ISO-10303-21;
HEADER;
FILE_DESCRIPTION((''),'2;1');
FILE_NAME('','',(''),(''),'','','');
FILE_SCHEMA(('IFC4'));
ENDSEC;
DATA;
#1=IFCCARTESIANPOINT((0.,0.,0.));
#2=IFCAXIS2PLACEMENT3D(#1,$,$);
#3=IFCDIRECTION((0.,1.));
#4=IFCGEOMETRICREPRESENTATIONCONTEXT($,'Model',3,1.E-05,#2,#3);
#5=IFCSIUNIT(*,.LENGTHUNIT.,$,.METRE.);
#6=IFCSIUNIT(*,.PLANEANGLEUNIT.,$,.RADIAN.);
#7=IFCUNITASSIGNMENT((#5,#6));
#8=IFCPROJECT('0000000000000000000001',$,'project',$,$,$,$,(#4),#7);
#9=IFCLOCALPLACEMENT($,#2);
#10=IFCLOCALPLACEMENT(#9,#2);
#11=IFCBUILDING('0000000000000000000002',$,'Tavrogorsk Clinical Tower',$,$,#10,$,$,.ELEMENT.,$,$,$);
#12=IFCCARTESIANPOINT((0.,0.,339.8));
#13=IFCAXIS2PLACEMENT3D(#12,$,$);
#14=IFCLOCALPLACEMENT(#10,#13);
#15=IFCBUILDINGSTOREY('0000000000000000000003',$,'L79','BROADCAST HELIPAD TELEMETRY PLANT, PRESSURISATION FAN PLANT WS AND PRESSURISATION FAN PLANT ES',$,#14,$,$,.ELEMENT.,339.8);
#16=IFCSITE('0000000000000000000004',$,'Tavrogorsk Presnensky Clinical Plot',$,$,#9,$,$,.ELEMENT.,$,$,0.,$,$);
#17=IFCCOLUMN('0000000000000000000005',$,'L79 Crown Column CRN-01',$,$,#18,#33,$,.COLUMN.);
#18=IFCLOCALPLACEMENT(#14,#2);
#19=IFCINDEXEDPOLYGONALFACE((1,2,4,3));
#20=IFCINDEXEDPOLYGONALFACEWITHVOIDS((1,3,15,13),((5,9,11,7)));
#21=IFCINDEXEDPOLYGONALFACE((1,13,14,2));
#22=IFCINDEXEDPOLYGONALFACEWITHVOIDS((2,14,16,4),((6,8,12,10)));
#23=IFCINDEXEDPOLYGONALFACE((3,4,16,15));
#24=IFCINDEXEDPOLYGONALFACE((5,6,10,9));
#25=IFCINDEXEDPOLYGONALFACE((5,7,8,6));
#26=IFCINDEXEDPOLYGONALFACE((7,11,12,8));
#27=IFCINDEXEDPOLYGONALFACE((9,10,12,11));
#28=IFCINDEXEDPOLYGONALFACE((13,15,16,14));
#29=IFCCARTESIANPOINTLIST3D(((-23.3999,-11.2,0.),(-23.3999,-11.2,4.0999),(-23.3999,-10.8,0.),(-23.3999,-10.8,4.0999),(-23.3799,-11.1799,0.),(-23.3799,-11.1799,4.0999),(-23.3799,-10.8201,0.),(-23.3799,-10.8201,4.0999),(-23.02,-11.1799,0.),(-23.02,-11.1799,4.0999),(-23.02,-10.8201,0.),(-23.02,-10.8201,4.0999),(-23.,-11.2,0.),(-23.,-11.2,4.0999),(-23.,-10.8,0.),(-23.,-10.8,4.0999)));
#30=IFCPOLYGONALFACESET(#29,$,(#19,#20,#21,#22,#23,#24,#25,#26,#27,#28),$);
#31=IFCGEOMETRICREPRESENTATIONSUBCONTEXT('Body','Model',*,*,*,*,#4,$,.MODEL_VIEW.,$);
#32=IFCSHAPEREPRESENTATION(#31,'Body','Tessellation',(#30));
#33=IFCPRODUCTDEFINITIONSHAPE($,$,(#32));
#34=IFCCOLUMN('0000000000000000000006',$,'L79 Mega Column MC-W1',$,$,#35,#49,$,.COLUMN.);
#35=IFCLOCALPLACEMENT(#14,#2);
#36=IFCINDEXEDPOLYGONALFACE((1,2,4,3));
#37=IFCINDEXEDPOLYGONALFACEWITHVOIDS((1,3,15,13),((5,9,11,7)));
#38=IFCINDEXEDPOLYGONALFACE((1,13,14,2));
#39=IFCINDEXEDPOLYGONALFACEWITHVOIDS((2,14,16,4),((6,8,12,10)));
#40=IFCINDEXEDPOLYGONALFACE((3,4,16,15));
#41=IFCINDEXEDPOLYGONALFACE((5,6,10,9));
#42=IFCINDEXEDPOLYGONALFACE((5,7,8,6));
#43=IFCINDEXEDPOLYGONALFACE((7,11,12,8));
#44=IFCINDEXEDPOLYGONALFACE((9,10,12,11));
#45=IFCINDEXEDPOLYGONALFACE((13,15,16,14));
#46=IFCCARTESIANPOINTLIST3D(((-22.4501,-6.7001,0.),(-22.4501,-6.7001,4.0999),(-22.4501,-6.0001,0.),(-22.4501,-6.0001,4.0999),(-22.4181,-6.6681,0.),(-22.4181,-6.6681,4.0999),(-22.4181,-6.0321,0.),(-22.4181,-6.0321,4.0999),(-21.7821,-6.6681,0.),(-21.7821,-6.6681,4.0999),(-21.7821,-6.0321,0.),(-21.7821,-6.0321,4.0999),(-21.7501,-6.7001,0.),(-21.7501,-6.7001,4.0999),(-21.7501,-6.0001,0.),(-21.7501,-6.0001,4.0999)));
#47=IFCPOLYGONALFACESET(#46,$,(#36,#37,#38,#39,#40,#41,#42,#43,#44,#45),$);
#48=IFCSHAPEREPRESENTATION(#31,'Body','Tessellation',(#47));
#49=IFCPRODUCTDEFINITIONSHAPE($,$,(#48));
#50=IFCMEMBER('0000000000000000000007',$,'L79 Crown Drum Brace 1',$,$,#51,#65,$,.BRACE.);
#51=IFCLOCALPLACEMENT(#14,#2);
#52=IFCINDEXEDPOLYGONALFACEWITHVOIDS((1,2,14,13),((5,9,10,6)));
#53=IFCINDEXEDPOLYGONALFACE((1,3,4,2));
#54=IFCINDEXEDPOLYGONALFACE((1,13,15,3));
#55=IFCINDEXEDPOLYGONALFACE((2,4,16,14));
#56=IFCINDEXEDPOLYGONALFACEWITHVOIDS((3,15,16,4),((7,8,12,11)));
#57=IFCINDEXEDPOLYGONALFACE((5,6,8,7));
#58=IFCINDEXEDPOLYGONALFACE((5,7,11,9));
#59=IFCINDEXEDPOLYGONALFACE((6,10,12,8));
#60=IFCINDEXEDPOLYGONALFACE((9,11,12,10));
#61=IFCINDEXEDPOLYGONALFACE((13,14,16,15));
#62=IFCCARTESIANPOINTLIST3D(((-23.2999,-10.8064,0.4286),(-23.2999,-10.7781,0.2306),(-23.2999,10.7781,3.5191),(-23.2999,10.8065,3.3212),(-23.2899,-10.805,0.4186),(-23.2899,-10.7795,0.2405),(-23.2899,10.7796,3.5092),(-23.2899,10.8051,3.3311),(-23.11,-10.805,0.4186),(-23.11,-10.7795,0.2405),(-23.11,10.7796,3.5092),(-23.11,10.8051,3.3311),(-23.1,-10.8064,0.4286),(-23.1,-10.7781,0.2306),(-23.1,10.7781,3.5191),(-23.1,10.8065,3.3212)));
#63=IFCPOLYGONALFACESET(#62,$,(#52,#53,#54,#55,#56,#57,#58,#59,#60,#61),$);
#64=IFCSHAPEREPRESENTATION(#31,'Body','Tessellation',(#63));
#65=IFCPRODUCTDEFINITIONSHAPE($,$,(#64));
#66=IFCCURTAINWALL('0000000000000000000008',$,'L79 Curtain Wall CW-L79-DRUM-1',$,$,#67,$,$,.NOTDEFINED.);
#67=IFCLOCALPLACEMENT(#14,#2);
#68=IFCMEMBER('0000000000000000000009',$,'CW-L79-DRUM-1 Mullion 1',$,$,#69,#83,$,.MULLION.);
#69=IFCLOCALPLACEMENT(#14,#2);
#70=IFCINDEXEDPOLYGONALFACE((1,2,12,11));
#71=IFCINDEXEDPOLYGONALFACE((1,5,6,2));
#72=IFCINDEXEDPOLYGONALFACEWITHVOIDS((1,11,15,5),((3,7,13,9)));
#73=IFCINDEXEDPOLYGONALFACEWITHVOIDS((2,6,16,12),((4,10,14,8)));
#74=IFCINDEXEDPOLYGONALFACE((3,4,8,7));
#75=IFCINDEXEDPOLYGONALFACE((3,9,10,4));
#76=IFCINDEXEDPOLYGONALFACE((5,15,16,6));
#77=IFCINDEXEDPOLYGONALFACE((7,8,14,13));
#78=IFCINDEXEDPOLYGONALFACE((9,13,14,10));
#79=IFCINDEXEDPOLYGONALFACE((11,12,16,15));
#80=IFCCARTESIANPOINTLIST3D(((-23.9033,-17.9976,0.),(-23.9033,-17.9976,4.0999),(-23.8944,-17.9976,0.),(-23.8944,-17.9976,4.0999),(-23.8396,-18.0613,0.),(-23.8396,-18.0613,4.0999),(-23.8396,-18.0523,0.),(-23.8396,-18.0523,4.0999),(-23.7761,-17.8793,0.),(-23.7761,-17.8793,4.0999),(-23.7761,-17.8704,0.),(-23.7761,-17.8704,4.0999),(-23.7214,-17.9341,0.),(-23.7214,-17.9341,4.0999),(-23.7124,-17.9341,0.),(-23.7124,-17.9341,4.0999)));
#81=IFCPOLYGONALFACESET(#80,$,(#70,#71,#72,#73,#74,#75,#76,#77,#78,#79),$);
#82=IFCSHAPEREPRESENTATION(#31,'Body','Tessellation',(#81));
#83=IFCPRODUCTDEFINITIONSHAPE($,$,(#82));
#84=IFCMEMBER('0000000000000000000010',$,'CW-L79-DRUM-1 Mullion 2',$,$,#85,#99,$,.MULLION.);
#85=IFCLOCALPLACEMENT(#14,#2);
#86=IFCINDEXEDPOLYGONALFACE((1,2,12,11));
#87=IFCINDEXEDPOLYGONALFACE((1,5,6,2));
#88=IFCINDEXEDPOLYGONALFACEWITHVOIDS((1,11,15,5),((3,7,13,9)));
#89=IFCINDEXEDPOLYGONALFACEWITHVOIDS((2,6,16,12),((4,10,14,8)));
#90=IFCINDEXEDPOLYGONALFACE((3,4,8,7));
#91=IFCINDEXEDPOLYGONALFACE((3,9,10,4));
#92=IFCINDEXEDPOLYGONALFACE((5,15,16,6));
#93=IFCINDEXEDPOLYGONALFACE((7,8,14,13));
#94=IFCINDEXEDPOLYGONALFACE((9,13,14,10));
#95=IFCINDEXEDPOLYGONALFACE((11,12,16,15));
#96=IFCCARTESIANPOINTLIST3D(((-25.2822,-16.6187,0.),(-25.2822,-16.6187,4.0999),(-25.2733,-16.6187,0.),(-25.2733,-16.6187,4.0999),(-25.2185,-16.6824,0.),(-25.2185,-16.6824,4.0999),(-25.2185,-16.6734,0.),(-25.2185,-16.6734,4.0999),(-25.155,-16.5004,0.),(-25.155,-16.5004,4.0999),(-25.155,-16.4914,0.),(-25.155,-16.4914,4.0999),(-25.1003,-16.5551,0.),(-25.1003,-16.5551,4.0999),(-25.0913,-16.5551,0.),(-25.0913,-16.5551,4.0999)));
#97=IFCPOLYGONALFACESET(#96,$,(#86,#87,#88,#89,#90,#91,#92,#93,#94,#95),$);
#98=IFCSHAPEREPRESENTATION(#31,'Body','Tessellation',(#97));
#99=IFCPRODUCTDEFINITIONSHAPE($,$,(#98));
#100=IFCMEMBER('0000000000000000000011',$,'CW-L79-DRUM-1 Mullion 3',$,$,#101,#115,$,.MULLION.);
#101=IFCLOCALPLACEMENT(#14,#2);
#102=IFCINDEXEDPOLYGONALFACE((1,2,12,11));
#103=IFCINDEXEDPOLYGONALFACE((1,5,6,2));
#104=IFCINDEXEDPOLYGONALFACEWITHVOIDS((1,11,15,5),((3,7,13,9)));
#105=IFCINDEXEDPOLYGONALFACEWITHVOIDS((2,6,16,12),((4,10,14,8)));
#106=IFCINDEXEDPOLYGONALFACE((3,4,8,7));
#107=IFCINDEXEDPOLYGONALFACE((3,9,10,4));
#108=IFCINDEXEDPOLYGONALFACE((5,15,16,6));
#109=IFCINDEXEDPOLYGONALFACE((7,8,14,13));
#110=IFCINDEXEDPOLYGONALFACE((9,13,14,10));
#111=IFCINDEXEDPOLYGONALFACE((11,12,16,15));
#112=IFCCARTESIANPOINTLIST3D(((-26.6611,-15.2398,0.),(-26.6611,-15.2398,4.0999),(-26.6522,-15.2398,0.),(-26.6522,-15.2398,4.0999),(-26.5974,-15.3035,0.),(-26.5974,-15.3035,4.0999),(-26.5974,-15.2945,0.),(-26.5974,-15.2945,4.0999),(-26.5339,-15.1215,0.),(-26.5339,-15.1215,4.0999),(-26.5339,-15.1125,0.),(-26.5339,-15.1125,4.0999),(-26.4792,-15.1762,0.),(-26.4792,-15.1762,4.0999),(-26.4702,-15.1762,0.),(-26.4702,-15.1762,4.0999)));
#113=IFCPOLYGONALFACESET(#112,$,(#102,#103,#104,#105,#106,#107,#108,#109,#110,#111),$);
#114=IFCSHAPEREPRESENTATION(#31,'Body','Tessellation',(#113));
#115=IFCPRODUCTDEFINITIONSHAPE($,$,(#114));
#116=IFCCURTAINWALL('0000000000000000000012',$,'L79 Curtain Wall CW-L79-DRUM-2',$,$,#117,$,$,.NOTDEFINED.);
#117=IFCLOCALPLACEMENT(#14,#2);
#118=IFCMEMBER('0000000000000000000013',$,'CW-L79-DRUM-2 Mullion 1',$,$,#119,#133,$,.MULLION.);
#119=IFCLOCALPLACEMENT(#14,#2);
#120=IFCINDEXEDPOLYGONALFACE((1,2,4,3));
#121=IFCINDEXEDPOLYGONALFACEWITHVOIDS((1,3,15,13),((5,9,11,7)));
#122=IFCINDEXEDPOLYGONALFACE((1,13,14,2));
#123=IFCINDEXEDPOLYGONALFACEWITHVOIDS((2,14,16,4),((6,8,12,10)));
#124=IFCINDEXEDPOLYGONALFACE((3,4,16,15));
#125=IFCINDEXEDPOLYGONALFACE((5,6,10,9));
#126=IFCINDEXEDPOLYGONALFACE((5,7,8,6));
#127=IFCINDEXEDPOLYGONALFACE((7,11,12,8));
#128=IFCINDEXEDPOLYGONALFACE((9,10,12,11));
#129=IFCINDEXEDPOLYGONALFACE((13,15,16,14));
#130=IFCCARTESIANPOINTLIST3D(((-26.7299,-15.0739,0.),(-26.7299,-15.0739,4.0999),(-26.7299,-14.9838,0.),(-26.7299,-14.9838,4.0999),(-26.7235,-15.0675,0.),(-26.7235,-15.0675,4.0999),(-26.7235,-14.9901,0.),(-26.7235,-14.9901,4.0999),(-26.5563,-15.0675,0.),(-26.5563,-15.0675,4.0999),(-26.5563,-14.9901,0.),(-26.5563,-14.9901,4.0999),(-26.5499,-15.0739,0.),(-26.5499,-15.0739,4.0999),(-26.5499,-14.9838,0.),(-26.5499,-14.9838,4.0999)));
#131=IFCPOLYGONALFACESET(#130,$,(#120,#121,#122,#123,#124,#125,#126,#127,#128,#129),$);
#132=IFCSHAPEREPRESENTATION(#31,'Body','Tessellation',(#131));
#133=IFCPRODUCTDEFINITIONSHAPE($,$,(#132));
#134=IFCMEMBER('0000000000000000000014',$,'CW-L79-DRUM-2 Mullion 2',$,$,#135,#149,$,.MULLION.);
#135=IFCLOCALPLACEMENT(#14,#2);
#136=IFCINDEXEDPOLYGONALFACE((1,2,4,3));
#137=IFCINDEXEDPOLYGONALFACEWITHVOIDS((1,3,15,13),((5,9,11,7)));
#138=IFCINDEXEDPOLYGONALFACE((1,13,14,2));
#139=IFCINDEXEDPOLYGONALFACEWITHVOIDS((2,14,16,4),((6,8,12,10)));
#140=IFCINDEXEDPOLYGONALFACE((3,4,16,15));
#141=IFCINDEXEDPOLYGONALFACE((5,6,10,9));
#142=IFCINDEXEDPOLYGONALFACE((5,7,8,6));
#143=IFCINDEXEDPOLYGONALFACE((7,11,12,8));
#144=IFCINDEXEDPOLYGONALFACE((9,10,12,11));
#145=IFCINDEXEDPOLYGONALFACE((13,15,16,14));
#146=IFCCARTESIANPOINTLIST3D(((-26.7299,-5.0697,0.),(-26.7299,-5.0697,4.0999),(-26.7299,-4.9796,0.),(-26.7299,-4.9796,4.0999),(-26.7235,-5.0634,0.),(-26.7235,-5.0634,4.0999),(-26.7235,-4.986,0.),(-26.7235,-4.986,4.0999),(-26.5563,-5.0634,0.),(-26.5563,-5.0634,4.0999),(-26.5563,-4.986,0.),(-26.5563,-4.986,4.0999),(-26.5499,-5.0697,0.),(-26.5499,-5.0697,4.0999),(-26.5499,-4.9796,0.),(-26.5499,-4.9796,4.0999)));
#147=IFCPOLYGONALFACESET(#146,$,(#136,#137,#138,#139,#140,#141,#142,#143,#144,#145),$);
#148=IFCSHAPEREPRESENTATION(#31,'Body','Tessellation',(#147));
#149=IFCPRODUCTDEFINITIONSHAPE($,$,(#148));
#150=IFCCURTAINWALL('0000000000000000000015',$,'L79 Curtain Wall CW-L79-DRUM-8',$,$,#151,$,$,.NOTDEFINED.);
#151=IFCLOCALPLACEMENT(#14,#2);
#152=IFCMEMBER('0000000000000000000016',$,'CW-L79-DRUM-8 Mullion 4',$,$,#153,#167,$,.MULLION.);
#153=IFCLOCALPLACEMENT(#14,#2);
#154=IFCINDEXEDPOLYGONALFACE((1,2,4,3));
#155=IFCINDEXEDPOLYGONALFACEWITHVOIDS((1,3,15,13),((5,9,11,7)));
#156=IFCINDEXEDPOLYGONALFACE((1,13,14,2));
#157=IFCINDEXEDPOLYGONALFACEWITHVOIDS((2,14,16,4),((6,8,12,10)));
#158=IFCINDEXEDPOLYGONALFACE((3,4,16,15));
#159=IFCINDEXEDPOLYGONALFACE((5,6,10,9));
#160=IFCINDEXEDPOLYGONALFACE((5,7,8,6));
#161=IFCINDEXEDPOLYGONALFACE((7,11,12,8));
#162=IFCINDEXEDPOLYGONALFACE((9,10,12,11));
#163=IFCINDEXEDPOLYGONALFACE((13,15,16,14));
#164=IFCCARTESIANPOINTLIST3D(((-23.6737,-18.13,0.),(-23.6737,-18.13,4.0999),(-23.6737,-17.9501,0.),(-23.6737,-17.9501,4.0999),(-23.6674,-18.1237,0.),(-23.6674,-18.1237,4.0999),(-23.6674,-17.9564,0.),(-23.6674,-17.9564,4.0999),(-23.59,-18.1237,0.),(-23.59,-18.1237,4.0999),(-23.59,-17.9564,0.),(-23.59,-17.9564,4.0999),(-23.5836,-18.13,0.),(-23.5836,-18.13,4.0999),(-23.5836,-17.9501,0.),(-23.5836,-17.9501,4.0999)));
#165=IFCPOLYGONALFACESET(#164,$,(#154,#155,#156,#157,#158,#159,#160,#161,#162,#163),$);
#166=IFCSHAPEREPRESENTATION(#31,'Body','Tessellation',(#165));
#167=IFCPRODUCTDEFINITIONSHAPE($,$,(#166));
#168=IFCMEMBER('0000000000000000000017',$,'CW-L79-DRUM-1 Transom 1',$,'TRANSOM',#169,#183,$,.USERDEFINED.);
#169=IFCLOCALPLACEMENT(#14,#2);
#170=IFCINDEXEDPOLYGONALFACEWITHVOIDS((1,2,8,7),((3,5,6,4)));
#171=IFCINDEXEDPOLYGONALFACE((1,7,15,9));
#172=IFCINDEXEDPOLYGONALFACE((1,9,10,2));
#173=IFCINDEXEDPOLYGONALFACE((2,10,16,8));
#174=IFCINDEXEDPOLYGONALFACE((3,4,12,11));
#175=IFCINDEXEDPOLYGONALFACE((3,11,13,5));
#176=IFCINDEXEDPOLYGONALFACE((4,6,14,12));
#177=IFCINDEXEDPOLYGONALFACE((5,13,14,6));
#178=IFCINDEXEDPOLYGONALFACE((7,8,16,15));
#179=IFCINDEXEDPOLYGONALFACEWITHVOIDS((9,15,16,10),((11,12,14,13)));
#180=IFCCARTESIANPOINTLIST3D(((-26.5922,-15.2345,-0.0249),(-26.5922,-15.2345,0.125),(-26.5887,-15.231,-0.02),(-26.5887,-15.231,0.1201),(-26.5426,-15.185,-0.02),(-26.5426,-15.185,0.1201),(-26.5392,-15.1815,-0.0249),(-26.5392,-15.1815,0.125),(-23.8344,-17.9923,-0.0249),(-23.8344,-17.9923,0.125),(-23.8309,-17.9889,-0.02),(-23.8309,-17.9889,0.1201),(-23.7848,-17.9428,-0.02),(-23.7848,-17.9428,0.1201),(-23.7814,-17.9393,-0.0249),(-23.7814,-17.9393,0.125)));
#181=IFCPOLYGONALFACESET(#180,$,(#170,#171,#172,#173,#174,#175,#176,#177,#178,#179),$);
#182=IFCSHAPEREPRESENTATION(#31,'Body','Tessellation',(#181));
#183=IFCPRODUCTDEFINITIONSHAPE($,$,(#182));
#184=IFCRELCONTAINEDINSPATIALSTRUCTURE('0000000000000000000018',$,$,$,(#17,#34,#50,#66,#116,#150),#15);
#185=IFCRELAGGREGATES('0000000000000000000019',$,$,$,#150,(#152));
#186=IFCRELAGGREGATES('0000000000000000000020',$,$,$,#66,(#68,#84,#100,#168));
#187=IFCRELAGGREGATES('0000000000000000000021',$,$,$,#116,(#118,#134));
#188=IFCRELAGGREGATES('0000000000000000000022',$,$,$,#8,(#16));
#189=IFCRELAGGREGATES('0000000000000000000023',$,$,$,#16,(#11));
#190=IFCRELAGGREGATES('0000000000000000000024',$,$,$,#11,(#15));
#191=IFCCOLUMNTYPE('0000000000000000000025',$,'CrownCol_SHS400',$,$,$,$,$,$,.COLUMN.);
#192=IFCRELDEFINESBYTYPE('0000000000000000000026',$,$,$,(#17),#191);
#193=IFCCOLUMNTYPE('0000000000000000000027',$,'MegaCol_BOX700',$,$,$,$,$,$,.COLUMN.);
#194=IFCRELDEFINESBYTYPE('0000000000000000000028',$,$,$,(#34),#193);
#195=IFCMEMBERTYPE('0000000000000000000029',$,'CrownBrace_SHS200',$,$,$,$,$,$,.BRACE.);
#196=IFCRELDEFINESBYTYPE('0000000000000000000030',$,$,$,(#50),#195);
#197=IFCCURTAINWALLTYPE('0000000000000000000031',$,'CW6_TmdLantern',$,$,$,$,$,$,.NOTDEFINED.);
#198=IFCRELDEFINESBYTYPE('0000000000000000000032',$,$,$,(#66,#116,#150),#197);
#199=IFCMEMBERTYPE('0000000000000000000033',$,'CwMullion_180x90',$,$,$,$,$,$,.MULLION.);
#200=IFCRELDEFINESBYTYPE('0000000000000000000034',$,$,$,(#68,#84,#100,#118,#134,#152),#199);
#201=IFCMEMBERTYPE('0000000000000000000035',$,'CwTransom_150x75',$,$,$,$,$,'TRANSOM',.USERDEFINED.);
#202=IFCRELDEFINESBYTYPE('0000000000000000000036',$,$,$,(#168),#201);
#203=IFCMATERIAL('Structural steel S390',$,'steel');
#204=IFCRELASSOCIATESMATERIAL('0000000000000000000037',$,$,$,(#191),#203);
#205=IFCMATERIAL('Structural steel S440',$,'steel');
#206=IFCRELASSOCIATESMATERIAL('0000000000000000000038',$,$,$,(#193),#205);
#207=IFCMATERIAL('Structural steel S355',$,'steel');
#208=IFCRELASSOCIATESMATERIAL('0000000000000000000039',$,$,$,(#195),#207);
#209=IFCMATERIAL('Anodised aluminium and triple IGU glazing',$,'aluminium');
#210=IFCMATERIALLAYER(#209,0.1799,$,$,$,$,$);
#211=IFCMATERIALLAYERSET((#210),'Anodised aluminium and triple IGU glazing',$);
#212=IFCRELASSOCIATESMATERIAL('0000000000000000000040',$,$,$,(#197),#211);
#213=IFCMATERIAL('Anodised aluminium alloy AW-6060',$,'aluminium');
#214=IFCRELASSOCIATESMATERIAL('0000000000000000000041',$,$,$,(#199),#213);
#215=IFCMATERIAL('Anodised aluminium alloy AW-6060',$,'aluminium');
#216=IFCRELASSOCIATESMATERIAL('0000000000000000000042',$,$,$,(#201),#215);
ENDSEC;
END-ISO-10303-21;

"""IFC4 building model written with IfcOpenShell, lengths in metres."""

from ifc_helpers import new_model, si_unit, direction, frame, origin, origin_2d, place, context, subcontext, project, spatial, hollow_rectangle, extrude, material, layer, layer_set, material_profile, profile_set, type_object, element, aggregate, save


model = new_model("IFC4")

# Units and contexts
model_context = context("Model", 3, precision=1e-05, world=origin(), true_north=direction((0.0, 1.0)))
body_context = subcontext(model_context, "Body", "Model", "MODEL_VIEW")
ifc_project = project(units=[si_unit("LENGTHUNIT", "METRE"), si_unit("PLANEANGLEUNIT", "RADIAN")], contexts=[model_context])

# Site, building, storey
site_placement = place(None, origin())
site = spatial("IfcSite", under=ifc_project, at=site_placement, Name="Tavrogorsk Presnensky Clinical Plot", CompositionType="ELEMENT", RefElevation=0.0)
building_placement = place(site_placement, origin())
building = spatial("IfcBuilding", under=site, at=building_placement, Name="Tavrogorsk Clinical Tower", CompositionType="ELEMENT")
storey_placement = place(building_placement, frame((0.0, 0.0, 339.8)))
storey = spatial("IfcBuildingStorey", under=building, at=storey_placement, Name="L79", Description="BROADCAST HELIPAD TELEMETRY PLANT, PRESSURISATION FAN PLANT WS AND PRESSURISATION FAN PLANT ES", CompositionType="ELEMENT", Elevation=339.8)

# Columns
ifc_material_1 = material(Name="Structural steel S390", Category="steel")
ifc_material_profile_1 = material_profile(ifc_material_1, hollow_rectangle(XDim=0.3999, YDim=0.3999, WallThickness=0.02, at=origin_2d()), Name="SHS-400x400x20")
ifc_profile_set_1 = profile_set([ifc_material_profile_1], Name="Structural steel S390")
column_type_1 = type_object("IfcColumnType", Name="CrownCol_SHS400", PredefinedType="COLUMN", material=ifc_profile_set_1)
column_1_placement = place(storey_placement, frame((-23.2, -11.0, 0.0), z_axis=(0.0, 0.0, 1.0), x_axis=(1.0, 0.0, 0.0)))
element("IfcColumn", 1, at=column_1_placement, inside=storey, type_object=column_type_1, Name="L79 Crown Column CRN-01", PredefinedType="COLUMN", context=body_context, shape_type="SweptSolid", body=[
    extrude(hollow_rectangle(XDim=0.3999, YDim=0.3999, WallThickness=0.02, at=origin_2d()), origin(), (0.0, 0.0, 1.0), 4.0999),
])
ifc_material_2 = material(Name="Structural steel S440", Category="steel")
ifc_material_profile_2 = material_profile(ifc_material_2, hollow_rectangle(XDim=0.7, YDim=0.7, WallThickness=0.032, at=origin_2d()), Name="BOX-700x700x32")
ifc_profile_set_2 = profile_set([ifc_material_profile_2], Name="Structural steel S440")
column_type_2 = type_object("IfcColumnType", Name="MegaCol_BOX700", PredefinedType="COLUMN", material=ifc_profile_set_2)
column_2_placement = place(storey_placement, frame((-22.1001, -6.3501, 0.0), z_axis=(0.0, 0.0, 1.0), x_axis=(1.0, 0.0, 0.0)))
element("IfcColumn", 2, at=column_2_placement, inside=storey, type_object=column_type_2, Name="L79 Mega Column MC-W1", PredefinedType="COLUMN", context=body_context, shape_type="SweptSolid", body=[
    extrude(hollow_rectangle(XDim=0.7, YDim=0.7, WallThickness=0.032, at=origin_2d()), origin(), (0.0, 0.0, 1.0), 4.0999),
])

# Member
ifc_material_3 = material(Name="Structural steel S355", Category="steel")
ifc_material_profile_3 = material_profile(ifc_material_3, hollow_rectangle(XDim=0.2, YDim=0.2, WallThickness=0.01, at=origin_2d()), Name="SHS-200x200x10")
ifc_profile_set_3 = profile_set([ifc_material_profile_3], Name="Structural steel S355")
member_type_1 = type_object("IfcMemberType", Name="CrownBrace_SHS200", PredefinedType="BRACE", material=ifc_profile_set_3)
member_1_placement = place(storey_placement, frame((-23.2, -10.7922, 0.3296), z_axis=(0.0, 0.989904, 0.14174), x_axis=(-1.0, 0.0, 0.0)))
element("IfcMember", 3, at=member_1_placement, inside=storey, type_object=member_type_1, Name="L79 Crown Drum Brace 1", PredefinedType="BRACE", context=body_context, shape_type="SweptSolid", body=[
    extrude(hollow_rectangle(XDim=0.2, YDim=0.2, WallThickness=0.01, at=origin_2d()), origin(), (0.0, 0.0, 1.0), 21.8047),
])

# Curtain walls, members
ifc_material_4 = material(Name="Anodised aluminium and triple IGU glazing", Category="aluminium")
ifc_layer_1 = layer(ifc_material_4, 0.1799)
ifc_layer_set_1 = layer_set([ifc_layer_1], Name="Anodised aluminium and triple IGU glazing")
curtain_wall_type = type_object("IfcCurtainWallType", Name="CW6_TmdLantern", PredefinedType="NOTDEFINED", material=ifc_layer_set_1)
curtain_wall_1_placement = place(storey_placement, origin())
curtain_wall_1 = element("IfcCurtainWall", 4, at=curtain_wall_1_placement, inside=storey, type_object=curtain_wall_type, Name="L79 Curtain Wall CW-L79-DRUM-1", PredefinedType="NOTDEFINED")
ifc_material_5 = material(Name="Anodised aluminium alloy AW-6060", Category="aluminium")
ifc_material_profile_4 = material_profile(ifc_material_5, hollow_rectangle(XDim=0.0901, YDim=0.1799, WallThickness=0.0063, at=origin_2d()), Name="RHS-180x90x6.3")
ifc_profile_set_4 = profile_set([ifc_material_profile_4], Name="Anodised aluminium alloy AW-6060")
member_type_2 = type_object("IfcMemberType", Name="CwMullion_180x90", PredefinedType="MULLION", material=ifc_profile_set_4)
member_2_placement = place(storey_placement, frame((-23.8079, -17.9658, 0.0), z_axis=(0.0, 0.0, 1.0), x_axis=(-0.707107, 0.707107, 0.0)))
member_2 = element("IfcMember", 5, at=member_2_placement, type_object=member_type_2, Name="CW-L79-DRUM-1 Mullion 1", PredefinedType="MULLION", context=body_context, shape_type="SweptSolid", body=[
    extrude(hollow_rectangle(XDim=0.0901, YDim=0.1799, WallThickness=0.0063, at=origin_2d()), origin(), (0.0, 0.0, 1.0), 4.0999),
])
member_3_placement = place(storey_placement, frame((-25.1868, -16.5869, 0.0), z_axis=(0.0, 0.0, 1.0), x_axis=(-0.707107, 0.707107, 0.0)))
member_3 = element("IfcMember", 6, at=member_3_placement, type_object=member_type_2, Name="CW-L79-DRUM-1 Mullion 2", PredefinedType="MULLION", context=body_context, shape_type="SweptSolid", body=[
    extrude(hollow_rectangle(XDim=0.0901, YDim=0.1799, WallThickness=0.0063, at=origin_2d()), origin(), (0.0, 0.0, 1.0), 4.0999),
])
member_4_placement = place(storey_placement, frame((-26.5657, -15.208, 0.0), z_axis=(0.0, 0.0, 1.0), x_axis=(-0.707107, 0.707107, 0.0)))
member_4 = element("IfcMember", 7, at=member_4_placement, type_object=member_type_2, Name="CW-L79-DRUM-1 Mullion 3", PredefinedType="MULLION", context=body_context, shape_type="SweptSolid", body=[
    extrude(hollow_rectangle(XDim=0.0901, YDim=0.1799, WallThickness=0.0063, at=origin_2d()), origin(), (0.0, 0.0, 1.0), 4.0999),
])
curtain_wall_2_placement = place(storey_placement, origin())
curtain_wall_2 = element("IfcCurtainWall", 8, at=curtain_wall_2_placement, inside=storey, type_object=curtain_wall_type, Name="L79 Curtain Wall CW-L79-DRUM-2", PredefinedType="NOTDEFINED")
member_5_placement = place(storey_placement, frame((-26.6399, -15.0288, 0.0), z_axis=(0.0, 0.0, 1.0), x_axis=(0.0, 1.0, 0.0)))
member_5 = element("IfcMember", 9, at=member_5_placement, type_object=member_type_2, Name="CW-L79-DRUM-2 Mullion 1", PredefinedType="MULLION", context=body_context, shape_type="SweptSolid", body=[
    extrude(hollow_rectangle(XDim=0.0901, YDim=0.1799, WallThickness=0.0063, at=origin_2d()), origin(), (0.0, 0.0, 1.0), 4.0999),
])
member_6_placement = place(storey_placement, frame((-26.6399, -5.0247, 0.0), z_axis=(0.0, 0.0, 1.0), x_axis=(0.0, 1.0, 0.0)))
member_6 = element("IfcMember", 10, at=member_6_placement, type_object=member_type_2, Name="CW-L79-DRUM-2 Mullion 2", PredefinedType="MULLION", context=body_context, shape_type="SweptSolid", body=[
    extrude(hollow_rectangle(XDim=0.0901, YDim=0.1799, WallThickness=0.0063, at=origin_2d()), origin(), (0.0, 0.0, 1.0), 4.0999),
])

# Curtain wall, member
curtain_wall_3_placement = place(storey_placement, origin())
curtain_wall_3 = element("IfcCurtainWall", 11, at=curtain_wall_3_placement, inside=storey, type_object=curtain_wall_type, Name="L79 Curtain Wall CW-L79-DRUM-8", PredefinedType="NOTDEFINED")
member_7_placement = place(storey_placement, frame((-23.6287, -18.04, 0.0), z_axis=(0.0, 0.0, 1.0), x_axis=(-1.0, 0.0, 0.0)))
member_7 = element("IfcMember", 12, at=member_7_placement, type_object=member_type_2, Name="CW-L79-DRUM-8 Mullion 4", PredefinedType="MULLION", context=body_context, shape_type="SweptSolid", body=[
    extrude(hollow_rectangle(XDim=0.0901, YDim=0.1799, WallThickness=0.0063, at=origin_2d()), origin(), (0.0, 0.0, 1.0), 4.0999),
])
aggregate(curtain_wall_3, [member_7])

# Member
ifc_material_6 = material(Name="Anodised aluminium alloy AW-6060", Category="aluminium")
ifc_material_profile_5 = material_profile(ifc_material_6, hollow_rectangle(XDim=0.075, YDim=0.1499, WallThickness=0.0049, at=origin_2d()), Name="RHS-150x75x5")
ifc_profile_set_5 = profile_set([ifc_material_profile_5], Name="Anodised aluminium alloy AW-6060")
member_type_3 = type_object("IfcMemberType", Name="CwTransom_150x75", ElementType="TRANSOM", PredefinedType="USERDEFINED", material=ifc_profile_set_5)
member_8_placement = place(storey_placement, frame((-23.8079, -17.9658, 0.05), z_axis=(-0.707107, 0.707107, 0.0), x_axis=(-0.707107, -0.707107, 0.0)))
member_8 = element("IfcMember", 13, at=member_8_placement, type_object=member_type_3, Name="CW-L79-DRUM-1 Transom 1", ObjectType="TRANSOM", PredefinedType="USERDEFINED", context=body_context, shape_type="SweptSolid", body=[
    extrude(hollow_rectangle(XDim=0.075, YDim=0.1499, WallThickness=0.0049, at=origin_2d()), origin(), (0.0, 0.0, 1.0), 3.9001),
])

aggregate(curtain_wall_1, [member_2, member_3, member_4, member_8])
aggregate(curtain_wall_2, [member_5, member_6])

save(model, "model.ifc")
